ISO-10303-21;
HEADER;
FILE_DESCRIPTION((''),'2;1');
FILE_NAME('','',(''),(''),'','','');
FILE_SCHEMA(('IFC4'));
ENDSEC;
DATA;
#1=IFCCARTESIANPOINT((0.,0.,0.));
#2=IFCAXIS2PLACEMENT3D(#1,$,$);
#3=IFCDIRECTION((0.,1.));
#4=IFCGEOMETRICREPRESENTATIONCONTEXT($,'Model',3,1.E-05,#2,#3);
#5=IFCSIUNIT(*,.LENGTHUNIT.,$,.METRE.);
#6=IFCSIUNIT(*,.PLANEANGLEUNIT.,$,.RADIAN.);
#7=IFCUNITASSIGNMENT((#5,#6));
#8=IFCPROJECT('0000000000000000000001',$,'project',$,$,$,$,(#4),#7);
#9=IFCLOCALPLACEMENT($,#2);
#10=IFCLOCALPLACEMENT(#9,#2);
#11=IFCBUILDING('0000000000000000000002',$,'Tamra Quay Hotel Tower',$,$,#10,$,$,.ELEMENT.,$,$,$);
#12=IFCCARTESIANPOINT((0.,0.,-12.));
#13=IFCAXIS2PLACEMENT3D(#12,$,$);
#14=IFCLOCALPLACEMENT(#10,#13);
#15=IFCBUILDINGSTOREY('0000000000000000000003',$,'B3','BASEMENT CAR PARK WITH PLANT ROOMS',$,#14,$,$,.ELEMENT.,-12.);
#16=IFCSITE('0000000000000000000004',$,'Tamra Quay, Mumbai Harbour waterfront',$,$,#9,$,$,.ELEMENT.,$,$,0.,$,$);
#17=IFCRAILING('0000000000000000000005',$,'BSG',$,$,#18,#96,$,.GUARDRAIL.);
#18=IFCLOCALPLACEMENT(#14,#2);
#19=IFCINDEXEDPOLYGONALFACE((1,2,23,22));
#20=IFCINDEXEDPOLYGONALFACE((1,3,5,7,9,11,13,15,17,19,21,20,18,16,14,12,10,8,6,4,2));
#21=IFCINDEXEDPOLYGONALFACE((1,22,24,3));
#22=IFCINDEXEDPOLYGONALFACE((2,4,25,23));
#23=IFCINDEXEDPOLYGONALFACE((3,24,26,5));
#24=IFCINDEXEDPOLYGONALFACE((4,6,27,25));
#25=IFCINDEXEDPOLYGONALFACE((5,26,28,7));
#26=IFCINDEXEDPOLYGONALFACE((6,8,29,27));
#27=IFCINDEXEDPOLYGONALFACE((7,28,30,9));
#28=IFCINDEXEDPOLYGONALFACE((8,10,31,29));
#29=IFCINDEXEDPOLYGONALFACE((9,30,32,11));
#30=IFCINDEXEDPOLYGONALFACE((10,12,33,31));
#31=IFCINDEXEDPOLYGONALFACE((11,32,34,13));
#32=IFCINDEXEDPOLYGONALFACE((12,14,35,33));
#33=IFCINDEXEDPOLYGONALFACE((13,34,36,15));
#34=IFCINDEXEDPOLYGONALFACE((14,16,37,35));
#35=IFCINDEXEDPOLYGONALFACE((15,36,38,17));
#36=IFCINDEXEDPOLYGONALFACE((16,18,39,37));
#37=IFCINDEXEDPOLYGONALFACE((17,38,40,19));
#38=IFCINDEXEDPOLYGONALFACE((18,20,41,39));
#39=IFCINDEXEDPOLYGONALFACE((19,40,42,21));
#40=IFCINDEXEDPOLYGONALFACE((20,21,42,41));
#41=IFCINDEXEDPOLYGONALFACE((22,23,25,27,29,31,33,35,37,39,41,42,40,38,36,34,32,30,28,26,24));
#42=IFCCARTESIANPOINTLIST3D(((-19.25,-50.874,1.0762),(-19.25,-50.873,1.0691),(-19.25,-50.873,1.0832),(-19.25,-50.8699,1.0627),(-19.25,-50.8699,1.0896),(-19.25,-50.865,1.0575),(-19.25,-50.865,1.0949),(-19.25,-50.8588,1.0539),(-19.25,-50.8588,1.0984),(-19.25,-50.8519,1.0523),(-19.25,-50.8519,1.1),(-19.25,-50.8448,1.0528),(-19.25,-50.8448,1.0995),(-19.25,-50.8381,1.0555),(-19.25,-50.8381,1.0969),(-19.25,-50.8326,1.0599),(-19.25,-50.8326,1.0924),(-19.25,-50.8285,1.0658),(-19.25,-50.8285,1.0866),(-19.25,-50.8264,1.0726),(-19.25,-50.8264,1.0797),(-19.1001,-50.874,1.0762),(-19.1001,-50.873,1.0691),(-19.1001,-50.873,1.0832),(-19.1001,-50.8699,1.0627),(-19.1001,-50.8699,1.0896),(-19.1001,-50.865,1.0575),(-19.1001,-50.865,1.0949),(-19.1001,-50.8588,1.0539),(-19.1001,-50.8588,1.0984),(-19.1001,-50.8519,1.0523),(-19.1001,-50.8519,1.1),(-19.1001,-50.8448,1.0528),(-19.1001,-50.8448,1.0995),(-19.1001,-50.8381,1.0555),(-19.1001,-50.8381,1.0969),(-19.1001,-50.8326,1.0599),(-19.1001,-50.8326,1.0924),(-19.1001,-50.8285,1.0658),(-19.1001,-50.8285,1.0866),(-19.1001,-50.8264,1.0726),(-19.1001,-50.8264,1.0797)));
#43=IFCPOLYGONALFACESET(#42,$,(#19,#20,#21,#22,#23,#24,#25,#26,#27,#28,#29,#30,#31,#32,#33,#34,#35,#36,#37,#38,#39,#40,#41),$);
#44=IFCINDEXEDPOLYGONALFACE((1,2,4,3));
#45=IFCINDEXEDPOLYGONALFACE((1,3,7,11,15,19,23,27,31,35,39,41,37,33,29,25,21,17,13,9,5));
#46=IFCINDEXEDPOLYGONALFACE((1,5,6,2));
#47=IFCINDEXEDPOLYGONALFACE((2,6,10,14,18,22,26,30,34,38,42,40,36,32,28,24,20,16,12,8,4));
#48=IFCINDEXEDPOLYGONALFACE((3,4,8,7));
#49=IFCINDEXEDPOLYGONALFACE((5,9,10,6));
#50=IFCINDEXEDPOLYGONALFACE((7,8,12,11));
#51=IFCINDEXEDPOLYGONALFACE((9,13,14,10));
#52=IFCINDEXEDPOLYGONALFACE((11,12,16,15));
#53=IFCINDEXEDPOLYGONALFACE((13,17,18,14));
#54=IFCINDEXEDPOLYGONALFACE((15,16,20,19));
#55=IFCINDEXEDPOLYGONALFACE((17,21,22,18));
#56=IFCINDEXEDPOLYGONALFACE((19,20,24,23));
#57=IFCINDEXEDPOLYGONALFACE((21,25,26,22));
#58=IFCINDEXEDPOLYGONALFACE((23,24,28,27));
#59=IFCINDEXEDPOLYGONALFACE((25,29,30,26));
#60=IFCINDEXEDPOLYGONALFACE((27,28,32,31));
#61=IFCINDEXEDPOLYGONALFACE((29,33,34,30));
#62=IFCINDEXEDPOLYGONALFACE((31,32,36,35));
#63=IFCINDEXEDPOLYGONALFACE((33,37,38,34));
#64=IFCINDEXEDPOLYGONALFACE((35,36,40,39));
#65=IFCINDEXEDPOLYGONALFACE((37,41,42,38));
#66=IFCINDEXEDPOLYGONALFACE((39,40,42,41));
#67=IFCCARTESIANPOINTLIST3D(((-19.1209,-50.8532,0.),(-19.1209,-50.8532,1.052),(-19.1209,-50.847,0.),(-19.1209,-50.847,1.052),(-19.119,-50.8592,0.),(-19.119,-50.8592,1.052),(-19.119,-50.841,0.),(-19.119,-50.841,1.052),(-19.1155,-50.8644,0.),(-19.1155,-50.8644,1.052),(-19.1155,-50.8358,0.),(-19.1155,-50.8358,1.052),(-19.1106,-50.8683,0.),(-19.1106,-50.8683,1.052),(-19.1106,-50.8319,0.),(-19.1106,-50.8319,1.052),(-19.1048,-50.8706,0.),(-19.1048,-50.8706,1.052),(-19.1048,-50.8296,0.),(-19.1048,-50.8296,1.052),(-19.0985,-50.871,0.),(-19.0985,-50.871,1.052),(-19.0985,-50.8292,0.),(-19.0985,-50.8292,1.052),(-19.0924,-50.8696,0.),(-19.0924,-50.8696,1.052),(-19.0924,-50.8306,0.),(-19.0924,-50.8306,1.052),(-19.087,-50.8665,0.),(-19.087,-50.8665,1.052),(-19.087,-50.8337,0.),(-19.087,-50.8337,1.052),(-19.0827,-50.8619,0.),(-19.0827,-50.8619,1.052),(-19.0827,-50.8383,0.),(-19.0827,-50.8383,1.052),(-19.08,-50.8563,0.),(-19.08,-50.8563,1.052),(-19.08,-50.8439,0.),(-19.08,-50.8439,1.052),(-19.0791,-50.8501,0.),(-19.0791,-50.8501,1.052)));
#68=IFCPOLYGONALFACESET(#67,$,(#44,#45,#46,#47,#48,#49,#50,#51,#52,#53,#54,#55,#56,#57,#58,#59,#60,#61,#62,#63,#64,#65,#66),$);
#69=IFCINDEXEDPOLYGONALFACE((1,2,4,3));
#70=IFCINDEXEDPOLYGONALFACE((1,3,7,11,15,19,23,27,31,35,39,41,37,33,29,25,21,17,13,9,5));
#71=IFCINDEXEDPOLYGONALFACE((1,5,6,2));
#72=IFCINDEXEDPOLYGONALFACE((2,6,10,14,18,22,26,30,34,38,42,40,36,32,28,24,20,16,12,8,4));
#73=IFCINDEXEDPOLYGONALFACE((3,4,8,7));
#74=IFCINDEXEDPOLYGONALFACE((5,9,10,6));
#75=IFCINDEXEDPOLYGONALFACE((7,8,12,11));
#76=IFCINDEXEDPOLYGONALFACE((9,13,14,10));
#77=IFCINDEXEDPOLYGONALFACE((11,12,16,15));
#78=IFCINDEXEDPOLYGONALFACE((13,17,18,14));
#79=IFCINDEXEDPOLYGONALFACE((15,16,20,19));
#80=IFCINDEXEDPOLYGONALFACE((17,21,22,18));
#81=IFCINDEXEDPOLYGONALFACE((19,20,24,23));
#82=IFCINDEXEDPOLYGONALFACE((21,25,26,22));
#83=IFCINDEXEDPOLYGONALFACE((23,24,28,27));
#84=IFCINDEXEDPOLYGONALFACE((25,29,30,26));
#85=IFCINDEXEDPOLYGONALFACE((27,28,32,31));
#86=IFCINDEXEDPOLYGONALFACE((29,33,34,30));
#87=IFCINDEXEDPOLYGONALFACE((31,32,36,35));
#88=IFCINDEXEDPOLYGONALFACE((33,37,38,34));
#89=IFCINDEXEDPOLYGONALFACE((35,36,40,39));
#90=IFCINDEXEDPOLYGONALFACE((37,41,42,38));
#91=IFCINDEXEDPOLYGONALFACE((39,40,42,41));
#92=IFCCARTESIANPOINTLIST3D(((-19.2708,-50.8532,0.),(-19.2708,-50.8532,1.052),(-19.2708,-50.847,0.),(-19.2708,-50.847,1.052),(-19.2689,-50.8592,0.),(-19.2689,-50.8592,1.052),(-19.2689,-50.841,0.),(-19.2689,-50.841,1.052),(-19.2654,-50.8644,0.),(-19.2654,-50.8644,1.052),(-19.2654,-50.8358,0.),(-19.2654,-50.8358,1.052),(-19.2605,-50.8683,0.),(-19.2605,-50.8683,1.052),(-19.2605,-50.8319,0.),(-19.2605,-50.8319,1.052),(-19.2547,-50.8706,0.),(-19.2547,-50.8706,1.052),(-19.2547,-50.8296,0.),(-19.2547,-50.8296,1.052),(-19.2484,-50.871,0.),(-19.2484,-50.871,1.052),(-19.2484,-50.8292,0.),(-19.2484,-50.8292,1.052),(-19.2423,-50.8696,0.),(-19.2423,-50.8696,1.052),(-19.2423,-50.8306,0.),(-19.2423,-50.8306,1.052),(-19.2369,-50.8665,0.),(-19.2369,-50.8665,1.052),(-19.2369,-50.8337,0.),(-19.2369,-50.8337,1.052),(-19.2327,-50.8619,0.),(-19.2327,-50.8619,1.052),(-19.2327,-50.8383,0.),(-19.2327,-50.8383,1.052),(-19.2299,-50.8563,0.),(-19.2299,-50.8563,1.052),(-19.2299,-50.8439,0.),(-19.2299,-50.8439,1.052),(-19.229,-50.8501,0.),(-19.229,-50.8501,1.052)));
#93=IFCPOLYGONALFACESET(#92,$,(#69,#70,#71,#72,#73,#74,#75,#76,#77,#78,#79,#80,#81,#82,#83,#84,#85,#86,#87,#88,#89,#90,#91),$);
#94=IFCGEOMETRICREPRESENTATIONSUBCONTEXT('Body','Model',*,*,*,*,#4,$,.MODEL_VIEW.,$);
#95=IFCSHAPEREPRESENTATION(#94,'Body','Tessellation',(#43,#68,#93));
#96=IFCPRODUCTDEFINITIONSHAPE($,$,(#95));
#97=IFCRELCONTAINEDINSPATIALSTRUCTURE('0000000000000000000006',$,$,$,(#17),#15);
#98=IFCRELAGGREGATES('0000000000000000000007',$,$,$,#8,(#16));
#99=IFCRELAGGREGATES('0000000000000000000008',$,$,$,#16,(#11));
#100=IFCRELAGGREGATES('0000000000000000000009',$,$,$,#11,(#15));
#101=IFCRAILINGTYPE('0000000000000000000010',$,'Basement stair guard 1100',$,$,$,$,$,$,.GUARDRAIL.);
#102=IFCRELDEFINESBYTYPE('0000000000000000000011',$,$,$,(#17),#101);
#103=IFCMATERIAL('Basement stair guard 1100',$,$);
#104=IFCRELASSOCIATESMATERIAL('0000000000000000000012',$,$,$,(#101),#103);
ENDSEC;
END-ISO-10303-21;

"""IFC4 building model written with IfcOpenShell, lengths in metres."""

from ifc_helpers import new_model, si_unit, direction, frame, origin, origin_2d, place, context, subcontext, project, spatial, circle, extrude, material, type_object, element, save


model = new_model("IFC4")

# Units and contexts
model_context = context("Model", 3, precision=1e-05, world=origin(), true_north=direction((0.0, 1.0)))
body_context = subcontext(model_context, "Body", "Model", "MODEL_VIEW")
ifc_project = project(units=[si_unit("LENGTHUNIT", "METRE"), si_unit("PLANEANGLEUNIT", "RADIAN")], contexts=[model_context])

# Site, building, storey
site_placement = place(None, origin())
site = spatial("IfcSite", under=ifc_project, at=site_placement, Name="Tamra Quay, Mumbai Harbour waterfront", CompositionType="ELEMENT", RefElevation=0.0)
building_placement = place(site_placement, origin())
building = spatial("IfcBuilding", under=site, at=building_placement, Name="Tamra Quay Hotel Tower", CompositionType="ELEMENT")
storey_placement = place(building_placement, frame((0.0, 0.0, -12.0)))
storey = spatial("IfcBuildingStorey", under=building, at=storey_placement, Name="B3", Description="BASEMENT CAR PARK WITH PLANT ROOMS", CompositionType="ELEMENT", Elevation=-12.0)

# Railing
ifc_material_1 = material(Name="Basement stair guard 1100")
railing_type_1 = type_object("IfcRailingType", Name="Basement stair guard 1100", PredefinedType="GUARDRAIL", material=ifc_material_1)
railing_1_placement = place(storey_placement, frame((-19.1001, -50.8501, 0.0)))
element("IfcRailing", 1, at=railing_1_placement, inside=storey, type_object=railing_type_1, Name="BSG", PredefinedType="GUARDRAIL", context=body_context, shape_type="SweptSolid", body=[
    extrude(circle(Radius=0.0239, at=origin_2d()), frame((0.0, 0.0, 1.0762), z_axis=(-1.0, 0.0, 0.0), x_axis=(0.0, -1.0, 0.0)), (0.0, 0.0, 1.0), 0.1499),
    extrude(circle(Radius=0.021, at=origin_2d()), origin(), (0.0, 0.0, 1.0), 1.052),
    extrude(circle(Radius=0.021, at=origin_2d()), frame((-0.1499, 0.0, 0.0)), (0.0, 0.0, 1.0), 1.052),
])

save(model, "model.ifc")
